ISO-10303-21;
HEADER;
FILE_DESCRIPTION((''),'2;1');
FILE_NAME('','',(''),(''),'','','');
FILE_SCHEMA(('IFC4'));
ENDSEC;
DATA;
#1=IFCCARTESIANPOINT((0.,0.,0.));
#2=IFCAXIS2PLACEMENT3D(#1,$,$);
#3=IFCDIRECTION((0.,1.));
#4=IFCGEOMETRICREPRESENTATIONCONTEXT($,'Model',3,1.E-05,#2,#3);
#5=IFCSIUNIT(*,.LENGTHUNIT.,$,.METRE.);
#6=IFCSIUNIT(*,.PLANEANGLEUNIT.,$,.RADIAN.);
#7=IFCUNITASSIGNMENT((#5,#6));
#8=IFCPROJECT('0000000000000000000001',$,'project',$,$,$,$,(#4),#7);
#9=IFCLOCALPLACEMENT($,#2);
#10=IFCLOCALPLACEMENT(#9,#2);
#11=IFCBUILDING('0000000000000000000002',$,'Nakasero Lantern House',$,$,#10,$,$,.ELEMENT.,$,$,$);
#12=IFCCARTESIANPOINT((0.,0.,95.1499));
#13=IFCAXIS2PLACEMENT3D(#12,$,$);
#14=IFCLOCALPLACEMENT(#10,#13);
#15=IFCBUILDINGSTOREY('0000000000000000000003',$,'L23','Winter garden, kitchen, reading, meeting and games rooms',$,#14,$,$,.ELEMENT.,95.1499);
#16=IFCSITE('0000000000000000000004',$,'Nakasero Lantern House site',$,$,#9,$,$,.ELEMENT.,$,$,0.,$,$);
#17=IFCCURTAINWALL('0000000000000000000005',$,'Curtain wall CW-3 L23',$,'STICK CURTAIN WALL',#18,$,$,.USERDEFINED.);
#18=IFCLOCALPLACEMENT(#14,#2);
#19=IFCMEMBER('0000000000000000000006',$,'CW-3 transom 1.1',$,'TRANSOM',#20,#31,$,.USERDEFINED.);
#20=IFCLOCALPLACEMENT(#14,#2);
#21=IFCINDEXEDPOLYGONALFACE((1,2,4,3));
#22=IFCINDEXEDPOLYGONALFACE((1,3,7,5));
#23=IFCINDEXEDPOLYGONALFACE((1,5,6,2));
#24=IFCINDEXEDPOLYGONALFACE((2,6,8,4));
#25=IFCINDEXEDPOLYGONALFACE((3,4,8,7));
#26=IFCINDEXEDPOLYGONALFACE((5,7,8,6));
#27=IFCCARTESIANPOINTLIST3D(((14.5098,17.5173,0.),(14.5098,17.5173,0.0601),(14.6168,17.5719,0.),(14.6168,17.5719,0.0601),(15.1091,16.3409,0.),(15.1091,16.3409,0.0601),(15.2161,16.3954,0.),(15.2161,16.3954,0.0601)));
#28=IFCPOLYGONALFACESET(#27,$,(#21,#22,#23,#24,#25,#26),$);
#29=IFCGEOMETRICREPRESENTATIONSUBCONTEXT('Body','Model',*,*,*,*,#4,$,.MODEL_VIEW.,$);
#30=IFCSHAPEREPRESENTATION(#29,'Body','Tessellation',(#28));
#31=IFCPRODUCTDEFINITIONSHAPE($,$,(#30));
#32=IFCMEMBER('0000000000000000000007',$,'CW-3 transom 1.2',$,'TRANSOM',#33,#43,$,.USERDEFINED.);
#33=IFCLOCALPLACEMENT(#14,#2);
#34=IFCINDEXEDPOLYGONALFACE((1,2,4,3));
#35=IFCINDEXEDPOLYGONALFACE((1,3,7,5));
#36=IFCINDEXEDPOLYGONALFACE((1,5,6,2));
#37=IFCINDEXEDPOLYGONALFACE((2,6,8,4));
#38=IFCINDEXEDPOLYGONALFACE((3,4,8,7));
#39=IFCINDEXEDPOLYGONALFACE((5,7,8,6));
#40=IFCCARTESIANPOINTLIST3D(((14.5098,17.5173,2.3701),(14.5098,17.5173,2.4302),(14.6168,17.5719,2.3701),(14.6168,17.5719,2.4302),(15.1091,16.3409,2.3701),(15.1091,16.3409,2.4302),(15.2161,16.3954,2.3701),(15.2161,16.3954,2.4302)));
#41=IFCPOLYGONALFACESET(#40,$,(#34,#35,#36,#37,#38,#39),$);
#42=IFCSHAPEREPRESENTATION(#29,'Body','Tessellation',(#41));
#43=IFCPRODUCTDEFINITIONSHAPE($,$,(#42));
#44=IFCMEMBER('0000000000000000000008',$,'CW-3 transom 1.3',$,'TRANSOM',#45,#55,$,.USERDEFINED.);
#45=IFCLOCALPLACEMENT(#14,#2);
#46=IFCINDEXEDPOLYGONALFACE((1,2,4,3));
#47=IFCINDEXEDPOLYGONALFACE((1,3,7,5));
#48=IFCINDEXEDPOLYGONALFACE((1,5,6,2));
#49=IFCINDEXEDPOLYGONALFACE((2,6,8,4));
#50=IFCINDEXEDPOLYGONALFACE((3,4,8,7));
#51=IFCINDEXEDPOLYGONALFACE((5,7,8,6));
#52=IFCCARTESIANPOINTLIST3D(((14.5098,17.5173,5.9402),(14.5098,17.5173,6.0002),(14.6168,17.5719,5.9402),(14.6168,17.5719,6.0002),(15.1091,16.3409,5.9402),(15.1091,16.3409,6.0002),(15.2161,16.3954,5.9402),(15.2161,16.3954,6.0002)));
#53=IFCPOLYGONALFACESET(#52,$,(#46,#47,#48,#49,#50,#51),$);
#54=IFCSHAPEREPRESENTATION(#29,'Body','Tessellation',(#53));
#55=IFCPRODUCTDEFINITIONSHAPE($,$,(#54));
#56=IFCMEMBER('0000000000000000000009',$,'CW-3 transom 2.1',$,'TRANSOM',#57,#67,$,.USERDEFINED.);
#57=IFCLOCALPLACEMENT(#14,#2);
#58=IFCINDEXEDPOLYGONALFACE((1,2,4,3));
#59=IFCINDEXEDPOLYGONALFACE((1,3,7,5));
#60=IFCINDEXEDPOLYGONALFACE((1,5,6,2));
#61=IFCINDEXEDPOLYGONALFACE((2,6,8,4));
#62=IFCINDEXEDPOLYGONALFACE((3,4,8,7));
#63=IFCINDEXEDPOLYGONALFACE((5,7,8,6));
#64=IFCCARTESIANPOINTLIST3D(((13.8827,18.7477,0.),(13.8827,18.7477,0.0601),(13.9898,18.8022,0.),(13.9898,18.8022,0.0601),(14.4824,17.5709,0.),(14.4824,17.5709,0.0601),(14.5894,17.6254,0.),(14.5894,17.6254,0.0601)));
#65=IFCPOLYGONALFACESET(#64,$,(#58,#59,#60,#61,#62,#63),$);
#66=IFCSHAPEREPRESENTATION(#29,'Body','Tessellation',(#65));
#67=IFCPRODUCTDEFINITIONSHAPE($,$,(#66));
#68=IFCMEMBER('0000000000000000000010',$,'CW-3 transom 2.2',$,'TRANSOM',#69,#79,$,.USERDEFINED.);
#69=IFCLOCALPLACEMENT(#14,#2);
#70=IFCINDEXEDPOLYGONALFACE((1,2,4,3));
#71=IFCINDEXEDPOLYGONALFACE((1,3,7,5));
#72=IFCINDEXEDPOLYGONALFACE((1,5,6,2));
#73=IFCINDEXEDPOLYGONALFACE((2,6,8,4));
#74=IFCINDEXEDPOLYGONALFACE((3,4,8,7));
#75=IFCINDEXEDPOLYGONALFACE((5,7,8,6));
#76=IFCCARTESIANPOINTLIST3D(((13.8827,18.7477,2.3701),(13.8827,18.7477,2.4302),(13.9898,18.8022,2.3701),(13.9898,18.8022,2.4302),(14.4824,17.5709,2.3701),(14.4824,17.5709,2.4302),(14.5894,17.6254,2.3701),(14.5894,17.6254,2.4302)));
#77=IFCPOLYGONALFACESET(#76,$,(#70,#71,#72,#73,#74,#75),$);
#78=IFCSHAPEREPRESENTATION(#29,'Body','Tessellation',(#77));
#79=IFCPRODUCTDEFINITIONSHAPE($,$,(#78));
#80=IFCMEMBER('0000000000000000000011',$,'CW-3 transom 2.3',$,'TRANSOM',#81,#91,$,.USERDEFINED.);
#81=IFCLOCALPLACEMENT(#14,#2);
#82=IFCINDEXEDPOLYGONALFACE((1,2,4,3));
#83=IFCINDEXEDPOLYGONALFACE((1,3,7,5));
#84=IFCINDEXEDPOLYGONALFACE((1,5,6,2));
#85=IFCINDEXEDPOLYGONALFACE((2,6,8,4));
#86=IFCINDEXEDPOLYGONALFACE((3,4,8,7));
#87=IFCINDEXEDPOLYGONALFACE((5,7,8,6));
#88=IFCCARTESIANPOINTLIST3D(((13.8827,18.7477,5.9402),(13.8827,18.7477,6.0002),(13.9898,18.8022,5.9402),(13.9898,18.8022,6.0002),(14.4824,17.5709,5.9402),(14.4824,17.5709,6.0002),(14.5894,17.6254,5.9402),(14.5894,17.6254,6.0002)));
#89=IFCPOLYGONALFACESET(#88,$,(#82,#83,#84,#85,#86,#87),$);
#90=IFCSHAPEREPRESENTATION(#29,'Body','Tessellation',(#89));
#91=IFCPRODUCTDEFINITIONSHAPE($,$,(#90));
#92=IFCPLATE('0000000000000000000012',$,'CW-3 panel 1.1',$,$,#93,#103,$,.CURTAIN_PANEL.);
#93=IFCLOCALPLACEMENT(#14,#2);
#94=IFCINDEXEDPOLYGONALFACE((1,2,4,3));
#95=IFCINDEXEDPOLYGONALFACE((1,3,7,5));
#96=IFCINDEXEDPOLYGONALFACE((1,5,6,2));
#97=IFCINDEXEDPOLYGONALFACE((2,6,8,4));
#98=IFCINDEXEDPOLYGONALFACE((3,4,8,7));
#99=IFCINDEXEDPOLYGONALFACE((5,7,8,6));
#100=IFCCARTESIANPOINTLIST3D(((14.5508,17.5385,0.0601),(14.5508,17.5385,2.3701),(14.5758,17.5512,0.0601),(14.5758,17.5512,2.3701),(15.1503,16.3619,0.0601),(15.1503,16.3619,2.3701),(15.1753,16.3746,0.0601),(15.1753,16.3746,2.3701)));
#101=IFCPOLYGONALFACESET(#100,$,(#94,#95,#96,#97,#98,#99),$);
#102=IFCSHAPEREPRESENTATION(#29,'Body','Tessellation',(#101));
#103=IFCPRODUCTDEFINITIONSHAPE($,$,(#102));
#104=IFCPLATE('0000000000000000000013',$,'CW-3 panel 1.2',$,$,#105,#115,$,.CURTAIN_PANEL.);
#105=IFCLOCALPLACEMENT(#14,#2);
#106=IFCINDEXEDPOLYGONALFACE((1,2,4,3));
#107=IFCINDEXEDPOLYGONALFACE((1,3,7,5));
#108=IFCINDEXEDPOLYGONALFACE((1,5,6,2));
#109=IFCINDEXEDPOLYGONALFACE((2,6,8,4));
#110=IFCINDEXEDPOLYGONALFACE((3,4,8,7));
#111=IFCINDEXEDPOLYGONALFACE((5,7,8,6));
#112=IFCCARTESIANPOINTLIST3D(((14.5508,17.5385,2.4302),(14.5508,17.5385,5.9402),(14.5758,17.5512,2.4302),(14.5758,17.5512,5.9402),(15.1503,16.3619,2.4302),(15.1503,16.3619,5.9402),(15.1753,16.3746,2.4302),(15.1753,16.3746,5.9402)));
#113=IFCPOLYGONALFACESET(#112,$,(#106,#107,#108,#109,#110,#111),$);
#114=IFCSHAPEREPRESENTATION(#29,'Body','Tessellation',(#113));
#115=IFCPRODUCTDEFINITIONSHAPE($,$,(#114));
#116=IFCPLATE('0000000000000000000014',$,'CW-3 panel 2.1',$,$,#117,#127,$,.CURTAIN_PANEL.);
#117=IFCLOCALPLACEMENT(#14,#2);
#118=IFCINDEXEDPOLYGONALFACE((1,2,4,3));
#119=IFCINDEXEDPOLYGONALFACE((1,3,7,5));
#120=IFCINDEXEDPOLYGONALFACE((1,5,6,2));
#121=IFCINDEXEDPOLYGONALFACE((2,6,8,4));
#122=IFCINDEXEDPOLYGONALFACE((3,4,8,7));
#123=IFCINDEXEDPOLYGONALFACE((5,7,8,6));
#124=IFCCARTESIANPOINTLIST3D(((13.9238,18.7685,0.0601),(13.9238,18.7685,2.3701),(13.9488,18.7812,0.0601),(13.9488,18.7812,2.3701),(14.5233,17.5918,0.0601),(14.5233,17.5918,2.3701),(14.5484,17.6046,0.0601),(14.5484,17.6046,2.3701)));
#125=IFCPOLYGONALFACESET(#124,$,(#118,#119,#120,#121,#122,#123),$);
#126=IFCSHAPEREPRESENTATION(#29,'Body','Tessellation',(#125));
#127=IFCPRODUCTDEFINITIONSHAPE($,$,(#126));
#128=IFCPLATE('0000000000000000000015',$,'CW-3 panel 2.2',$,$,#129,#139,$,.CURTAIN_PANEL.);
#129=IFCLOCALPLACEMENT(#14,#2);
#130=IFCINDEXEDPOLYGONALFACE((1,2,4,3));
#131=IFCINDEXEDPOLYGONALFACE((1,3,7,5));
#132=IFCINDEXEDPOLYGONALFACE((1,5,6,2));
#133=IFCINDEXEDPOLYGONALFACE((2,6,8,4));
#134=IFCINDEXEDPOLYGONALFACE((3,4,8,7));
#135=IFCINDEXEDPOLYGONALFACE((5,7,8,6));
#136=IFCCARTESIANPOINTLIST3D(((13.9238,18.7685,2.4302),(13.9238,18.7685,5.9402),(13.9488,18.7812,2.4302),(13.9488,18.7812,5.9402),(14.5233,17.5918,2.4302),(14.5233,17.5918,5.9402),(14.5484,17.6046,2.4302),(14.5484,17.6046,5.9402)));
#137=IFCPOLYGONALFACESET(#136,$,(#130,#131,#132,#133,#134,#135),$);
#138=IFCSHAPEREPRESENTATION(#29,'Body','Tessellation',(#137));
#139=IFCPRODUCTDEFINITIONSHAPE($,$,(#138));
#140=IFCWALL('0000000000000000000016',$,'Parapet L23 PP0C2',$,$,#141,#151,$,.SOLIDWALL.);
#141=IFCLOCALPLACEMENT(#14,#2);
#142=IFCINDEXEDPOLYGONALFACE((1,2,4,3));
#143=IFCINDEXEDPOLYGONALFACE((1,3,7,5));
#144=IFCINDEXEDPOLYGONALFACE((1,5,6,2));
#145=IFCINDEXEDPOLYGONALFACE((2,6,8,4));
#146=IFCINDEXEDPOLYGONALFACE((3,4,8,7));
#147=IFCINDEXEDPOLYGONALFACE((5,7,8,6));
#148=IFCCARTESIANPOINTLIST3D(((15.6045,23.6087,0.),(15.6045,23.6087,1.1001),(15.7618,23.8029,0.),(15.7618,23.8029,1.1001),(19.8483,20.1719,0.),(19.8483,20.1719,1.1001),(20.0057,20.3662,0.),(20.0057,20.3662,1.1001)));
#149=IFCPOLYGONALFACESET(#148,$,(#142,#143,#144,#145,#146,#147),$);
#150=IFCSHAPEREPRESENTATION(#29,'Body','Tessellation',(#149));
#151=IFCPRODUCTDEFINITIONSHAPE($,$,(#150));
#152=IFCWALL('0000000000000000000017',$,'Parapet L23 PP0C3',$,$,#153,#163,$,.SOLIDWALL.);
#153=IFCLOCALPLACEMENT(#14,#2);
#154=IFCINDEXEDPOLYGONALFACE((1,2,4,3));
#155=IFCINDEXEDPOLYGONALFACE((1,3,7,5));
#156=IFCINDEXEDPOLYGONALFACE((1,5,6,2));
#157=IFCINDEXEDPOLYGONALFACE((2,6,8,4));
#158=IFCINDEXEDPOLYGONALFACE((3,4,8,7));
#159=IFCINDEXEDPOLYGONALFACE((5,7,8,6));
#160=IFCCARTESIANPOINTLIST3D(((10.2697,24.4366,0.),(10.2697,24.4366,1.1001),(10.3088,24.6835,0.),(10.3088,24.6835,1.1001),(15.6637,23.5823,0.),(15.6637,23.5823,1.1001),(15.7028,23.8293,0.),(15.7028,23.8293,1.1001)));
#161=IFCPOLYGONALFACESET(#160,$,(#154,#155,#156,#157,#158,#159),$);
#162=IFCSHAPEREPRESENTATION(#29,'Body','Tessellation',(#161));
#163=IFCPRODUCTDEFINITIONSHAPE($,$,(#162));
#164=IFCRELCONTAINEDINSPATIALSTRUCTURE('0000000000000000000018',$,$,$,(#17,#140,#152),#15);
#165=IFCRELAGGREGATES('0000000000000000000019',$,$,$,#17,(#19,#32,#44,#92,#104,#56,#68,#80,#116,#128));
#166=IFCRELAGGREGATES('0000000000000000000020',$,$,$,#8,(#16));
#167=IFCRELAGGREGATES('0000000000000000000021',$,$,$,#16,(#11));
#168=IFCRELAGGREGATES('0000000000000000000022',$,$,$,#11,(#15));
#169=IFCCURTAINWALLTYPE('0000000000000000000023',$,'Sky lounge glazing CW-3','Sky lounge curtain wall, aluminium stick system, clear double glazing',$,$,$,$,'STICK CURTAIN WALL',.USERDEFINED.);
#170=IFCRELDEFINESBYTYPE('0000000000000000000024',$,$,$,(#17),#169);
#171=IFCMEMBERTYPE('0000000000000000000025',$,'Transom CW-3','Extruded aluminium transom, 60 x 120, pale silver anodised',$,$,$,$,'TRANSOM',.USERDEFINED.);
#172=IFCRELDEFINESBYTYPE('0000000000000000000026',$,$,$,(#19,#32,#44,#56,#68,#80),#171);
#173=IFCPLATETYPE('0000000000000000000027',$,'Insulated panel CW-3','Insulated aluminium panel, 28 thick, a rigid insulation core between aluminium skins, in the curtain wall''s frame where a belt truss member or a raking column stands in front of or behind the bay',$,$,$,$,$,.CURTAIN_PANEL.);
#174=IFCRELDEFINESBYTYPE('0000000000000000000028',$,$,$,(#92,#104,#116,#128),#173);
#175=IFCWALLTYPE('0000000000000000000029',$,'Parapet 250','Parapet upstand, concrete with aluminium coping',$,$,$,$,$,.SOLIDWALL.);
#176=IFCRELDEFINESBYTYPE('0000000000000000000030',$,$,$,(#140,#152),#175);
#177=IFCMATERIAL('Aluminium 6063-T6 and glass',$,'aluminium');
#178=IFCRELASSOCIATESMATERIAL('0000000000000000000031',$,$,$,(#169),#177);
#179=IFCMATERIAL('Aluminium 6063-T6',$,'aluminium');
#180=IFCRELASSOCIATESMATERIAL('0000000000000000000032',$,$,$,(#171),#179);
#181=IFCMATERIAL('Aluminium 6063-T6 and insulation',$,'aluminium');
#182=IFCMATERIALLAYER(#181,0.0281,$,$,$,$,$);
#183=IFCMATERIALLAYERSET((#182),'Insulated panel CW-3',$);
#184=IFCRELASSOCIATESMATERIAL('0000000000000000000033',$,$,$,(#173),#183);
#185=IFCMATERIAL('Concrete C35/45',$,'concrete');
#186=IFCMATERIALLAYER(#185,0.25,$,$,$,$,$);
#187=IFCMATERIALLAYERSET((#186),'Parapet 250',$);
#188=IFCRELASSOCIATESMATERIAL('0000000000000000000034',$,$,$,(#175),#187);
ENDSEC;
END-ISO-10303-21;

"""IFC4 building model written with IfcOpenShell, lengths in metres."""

from ifc_helpers import new_model, si_unit, direction, frame, frame_2d, origin, origin_2d, place, context, subcontext, project, spatial, rectangle, extrude, material, layer, layer_set, material_profile, profile_set, type_object, element, aggregate, save


model = new_model("IFC4")

# Units and contexts
model_context = context("Model", 3, precision=1e-05, world=origin(), true_north=direction((0.0, 1.0)))
body_context = subcontext(model_context, "Body", "Model", "MODEL_VIEW")
ifc_project = project(units=[si_unit("LENGTHUNIT", "METRE"), si_unit("PLANEANGLEUNIT", "RADIAN")], contexts=[model_context])

# Site, building, storey
site_placement = place(None, origin())
site = spatial("IfcSite", under=ifc_project, at=site_placement, Name="Nakasero Lantern House site", CompositionType="ELEMENT", RefElevation=0.0)
building_placement = place(site_placement, origin())
building = spatial("IfcBuilding", under=site, at=building_placement, Name="Nakasero Lantern House", CompositionType="ELEMENT")
storey_placement = place(building_placement, frame((0.0, 0.0, 95.1499)))
storey = spatial("IfcBuildingStorey", under=building, at=storey_placement, Name="L23", Description="Winter garden, kitchen, reading, meeting and games rooms", CompositionType="ELEMENT", Elevation=95.1499)

# Shared definitions
ifc_material_1 = material(Name="Aluminium 6063-T6 and glass", Category="aluminium")
curtain_wall_type = type_object("IfcCurtainWallType", Name="Sky lounge glazing CW-3", Description="Sky lounge curtain wall, aluminium stick system, clear double glazing", ElementType="STICK CURTAIN WALL", PredefinedType="USERDEFINED", material=ifc_material_1)

# Curtain wall
curtain_wall_1_placement = place(storey_placement, origin())
curtain_wall_1 = element("IfcCurtainWall", 1, at=curtain_wall_1_placement, inside=storey, type_object=curtain_wall_type, Name="Curtain wall CW-3 L23", ObjectType="STICK CURTAIN WALL", PredefinedType="USERDEFINED")

# Members
ifc_material_2 = material(Name="Aluminium 6063-T6", Category="aluminium")
ifc_material_profile_1 = material_profile(ifc_material_2, rectangle(XDim=0.0601, YDim=0.1201, at=origin_2d()), Name="CW-3 transom 60x120")
ifc_profile_set_1 = profile_set([ifc_material_profile_1], Name="Aluminium 6063-T6")
member_type_1 = type_object("IfcMemberType", Name="Transom CW-3", Description="Extruded aluminium transom, 60 x 120, pale silver anodised", ElementType="TRANSOM", PredefinedType="USERDEFINED", material=ifc_profile_set_1)
member_1_placement = place(storey_placement, frame((15.1626, 16.3682, 0.03), z_axis=(-0.453931, 0.891037, 0.0), x_axis=(0.0, 0.0, 1.0)))
member_1 = element("IfcMember", 2, at=member_1_placement, type_object=member_type_1, Name="CW-3 transom 1.1", ObjectType="TRANSOM", PredefinedType="USERDEFINED", context=body_context, shape_type="SweptSolid", body=[
    extrude(rectangle(XDim=0.0601, YDim=0.1201, at=origin_2d()), origin(), (0.0, 0.0, 1.0), 1.3203),
])
member_2_placement = place(storey_placement, frame((15.1626, 16.3682, 2.4001), z_axis=(-0.453931, 0.891037, 0.0), x_axis=(0.0, 0.0, 1.0)))
member_2 = element("IfcMember", 3, at=member_2_placement, type_object=member_type_1, Name="CW-3 transom 1.2", ObjectType="TRANSOM", PredefinedType="USERDEFINED", context=body_context, shape_type="SweptSolid", body=[
    extrude(rectangle(XDim=0.0601, YDim=0.1201, at=origin_2d()), origin(), (0.0, 0.0, 1.0), 1.3203),
])
member_3_placement = place(storey_placement, frame((15.1626, 16.3682, 5.9702), z_axis=(-0.453931, 0.891037, 0.0), x_axis=(0.0, 0.0, 1.0)))
member_3 = element("IfcMember", 4, at=member_3_placement, type_object=member_type_1, Name="CW-3 transom 1.3", ObjectType="TRANSOM", PredefinedType="USERDEFINED", context=body_context, shape_type="SweptSolid", body=[
    extrude(rectangle(XDim=0.0601, YDim=0.1201, at=origin_2d()), origin(), (0.0, 0.0, 1.0), 1.3203),
])
member_4_placement = place(storey_placement, frame((14.5359, 17.5981, 0.03), z_axis=(-0.454003, 0.891, 0.0), x_axis=(0.0, 0.0, 1.0)))
member_4 = element("IfcMember", 5, at=member_4_placement, type_object=member_type_1, Name="CW-3 transom 2.1", ObjectType="TRANSOM", PredefinedType="USERDEFINED", context=body_context, shape_type="SweptSolid", body=[
    extrude(rectangle(XDim=0.0601, YDim=0.1201, at=origin_2d()), origin(), (0.0, 0.0, 1.0), 1.3208),
])
member_5_placement = place(storey_placement, frame((14.5359, 17.5981, 2.4001), z_axis=(-0.454003, 0.891, 0.0), x_axis=(0.0, 0.0, 1.0)))
member_5 = element("IfcMember", 6, at=member_5_placement, type_object=member_type_1, Name="CW-3 transom 2.2", ObjectType="TRANSOM", PredefinedType="USERDEFINED", context=body_context, shape_type="SweptSolid", body=[
    extrude(rectangle(XDim=0.0601, YDim=0.1201, at=origin_2d()), origin(), (0.0, 0.0, 1.0), 1.3208),
])
member_6_placement = place(storey_placement, frame((14.5359, 17.5981, 5.9702), z_axis=(-0.454003, 0.891, 0.0), x_axis=(0.0, 0.0, 1.0)))
member_6 = element("IfcMember", 7, at=member_6_placement, type_object=member_type_1, Name="CW-3 transom 2.3", ObjectType="TRANSOM", PredefinedType="USERDEFINED", context=body_context, shape_type="SweptSolid", body=[
    extrude(rectangle(XDim=0.0601, YDim=0.1201, at=origin_2d()), origin(), (0.0, 0.0, 1.0), 1.3208),
])

# Plates
ifc_material_3 = material(Name="Aluminium 6063-T6 and insulation", Category="aluminium")
ifc_layer_1 = layer(ifc_material_3, 0.0281)
ifc_layer_set_1 = layer_set([ifc_layer_1], Name="Insulated panel CW-3")
plate_type = type_object("IfcPlateType", Name="Insulated panel CW-3", Description="Insulated aluminium panel, 28 thick, a rigid insulation core between aluminium skins, in the curtain wall's frame where a belt truss member or a raking column stands in front of or behind the bay", PredefinedType="CURTAIN_PANEL", material=ifc_layer_set_1)
plate_1_placement = place(storey_placement, frame((14.863, 16.9565, 0.0601), z_axis=(0.0, 0.0, 1.0), x_axis=(-0.45399, 0.891007, 0.0)))
plate_1 = element("IfcPlate", 8, at=plate_1_placement, type_object=plate_type, Name="CW-3 panel 1.1", PredefinedType="CURTAIN_PANEL", context=body_context, shape_type="SweptSolid", body=[
    extrude(rectangle(XDim=1.3206, YDim=0.0281, at=origin_2d()), origin(), (0.0, 0.0, 1.0), 2.3101),
])
plate_2_placement = place(storey_placement, frame((14.863, 16.9565, 2.4302), z_axis=(0.0, 0.0, 1.0), x_axis=(-0.45399, 0.891007, 0.0)))
plate_2 = element("IfcPlate", 9, at=plate_2_placement, type_object=plate_type, Name="CW-3 panel 1.2", PredefinedType="CURTAIN_PANEL", context=body_context, shape_type="SweptSolid", body=[
    extrude(rectangle(XDim=1.3206, YDim=0.0281, at=origin_2d()), origin(), (0.0, 0.0, 1.0), 3.51),
])
plate_3_placement = place(storey_placement, frame((14.2361, 18.1865, 0.0601), z_axis=(0.0, 0.0, 1.0), x_axis=(-0.45399, 0.891007, 0.0)))
plate_3 = element("IfcPlate", 10, at=plate_3_placement, type_object=plate_type, Name="CW-3 panel 2.1", PredefinedType="CURTAIN_PANEL", context=body_context, shape_type="SweptSolid", body=[
    extrude(rectangle(XDim=1.3206, YDim=0.0281, at=origin_2d()), origin(), (0.0, 0.0, 1.0), 2.3101),
])
plate_4_placement = place(storey_placement, frame((14.2361, 18.1865, 2.4302), z_axis=(0.0, 0.0, 1.0), x_axis=(-0.45399, 0.891007, 0.0)))
plate_4 = element("IfcPlate", 11, at=plate_4_placement, type_object=plate_type, Name="CW-3 panel 2.2", PredefinedType="CURTAIN_PANEL", context=body_context, shape_type="SweptSolid", body=[
    extrude(rectangle(XDim=1.3206, YDim=0.0281, at=origin_2d()), origin(), (0.0, 0.0, 1.0), 3.51),
])
aggregate(curtain_wall_1, [member_1, member_2, member_3, plate_1, plate_2, member_4, member_5, member_6, plate_3, plate_4])

# Walls
ifc_material_4 = material(Name="Concrete C35/45", Category="concrete")
ifc_layer_2 = layer(ifc_material_4, 0.25)
ifc_layer_set_2 = layer_set([ifc_layer_2], Name="Parapet 250")
wall_type = type_object("IfcWallType", Name="Parapet 250", Description="Parapet upstand, concrete with aluminium coping", PredefinedType="SOLIDWALL", material=ifc_layer_set_2)
wall_1_placement = place(storey_placement, frame((19.927, 20.269, 0.0), z_axis=(0.0, 0.0, 1.0), x_axis=(-0.777135, 0.629335, 0.0)))
element("IfcWall", 12, at=wall_1_placement, inside=storey, type_object=wall_type, Name="Parapet L23 PP0C2", PredefinedType="SOLIDWALL", context=body_context, shape_type="SweptSolid", body=[
    extrude(rectangle(XDim=5.4609, YDim=0.25, at=frame_2d((2.7305, 0.0))), origin(), (0.0, 0.0, 1.0), 1.1001),
])
wall_2_placement = place(storey_placement, frame((15.6831, 23.7058, 0.0), z_axis=(0.0, 0.0, 1.0), x_axis=(-0.987691, 0.156419, 0.0)))
element("IfcWall", 13, at=wall_2_placement, inside=storey, type_object=wall_type, Name="Parapet L23 PP0C3", PredefinedType="SOLIDWALL", context=body_context, shape_type="SweptSolid", body=[
    extrude(rectangle(XDim=5.4612, YDim=0.25, at=frame_2d((2.7305, 0.0))), origin(), (0.0, 0.0, 1.0), 1.1001),
])

save(model, "model.ifc")
